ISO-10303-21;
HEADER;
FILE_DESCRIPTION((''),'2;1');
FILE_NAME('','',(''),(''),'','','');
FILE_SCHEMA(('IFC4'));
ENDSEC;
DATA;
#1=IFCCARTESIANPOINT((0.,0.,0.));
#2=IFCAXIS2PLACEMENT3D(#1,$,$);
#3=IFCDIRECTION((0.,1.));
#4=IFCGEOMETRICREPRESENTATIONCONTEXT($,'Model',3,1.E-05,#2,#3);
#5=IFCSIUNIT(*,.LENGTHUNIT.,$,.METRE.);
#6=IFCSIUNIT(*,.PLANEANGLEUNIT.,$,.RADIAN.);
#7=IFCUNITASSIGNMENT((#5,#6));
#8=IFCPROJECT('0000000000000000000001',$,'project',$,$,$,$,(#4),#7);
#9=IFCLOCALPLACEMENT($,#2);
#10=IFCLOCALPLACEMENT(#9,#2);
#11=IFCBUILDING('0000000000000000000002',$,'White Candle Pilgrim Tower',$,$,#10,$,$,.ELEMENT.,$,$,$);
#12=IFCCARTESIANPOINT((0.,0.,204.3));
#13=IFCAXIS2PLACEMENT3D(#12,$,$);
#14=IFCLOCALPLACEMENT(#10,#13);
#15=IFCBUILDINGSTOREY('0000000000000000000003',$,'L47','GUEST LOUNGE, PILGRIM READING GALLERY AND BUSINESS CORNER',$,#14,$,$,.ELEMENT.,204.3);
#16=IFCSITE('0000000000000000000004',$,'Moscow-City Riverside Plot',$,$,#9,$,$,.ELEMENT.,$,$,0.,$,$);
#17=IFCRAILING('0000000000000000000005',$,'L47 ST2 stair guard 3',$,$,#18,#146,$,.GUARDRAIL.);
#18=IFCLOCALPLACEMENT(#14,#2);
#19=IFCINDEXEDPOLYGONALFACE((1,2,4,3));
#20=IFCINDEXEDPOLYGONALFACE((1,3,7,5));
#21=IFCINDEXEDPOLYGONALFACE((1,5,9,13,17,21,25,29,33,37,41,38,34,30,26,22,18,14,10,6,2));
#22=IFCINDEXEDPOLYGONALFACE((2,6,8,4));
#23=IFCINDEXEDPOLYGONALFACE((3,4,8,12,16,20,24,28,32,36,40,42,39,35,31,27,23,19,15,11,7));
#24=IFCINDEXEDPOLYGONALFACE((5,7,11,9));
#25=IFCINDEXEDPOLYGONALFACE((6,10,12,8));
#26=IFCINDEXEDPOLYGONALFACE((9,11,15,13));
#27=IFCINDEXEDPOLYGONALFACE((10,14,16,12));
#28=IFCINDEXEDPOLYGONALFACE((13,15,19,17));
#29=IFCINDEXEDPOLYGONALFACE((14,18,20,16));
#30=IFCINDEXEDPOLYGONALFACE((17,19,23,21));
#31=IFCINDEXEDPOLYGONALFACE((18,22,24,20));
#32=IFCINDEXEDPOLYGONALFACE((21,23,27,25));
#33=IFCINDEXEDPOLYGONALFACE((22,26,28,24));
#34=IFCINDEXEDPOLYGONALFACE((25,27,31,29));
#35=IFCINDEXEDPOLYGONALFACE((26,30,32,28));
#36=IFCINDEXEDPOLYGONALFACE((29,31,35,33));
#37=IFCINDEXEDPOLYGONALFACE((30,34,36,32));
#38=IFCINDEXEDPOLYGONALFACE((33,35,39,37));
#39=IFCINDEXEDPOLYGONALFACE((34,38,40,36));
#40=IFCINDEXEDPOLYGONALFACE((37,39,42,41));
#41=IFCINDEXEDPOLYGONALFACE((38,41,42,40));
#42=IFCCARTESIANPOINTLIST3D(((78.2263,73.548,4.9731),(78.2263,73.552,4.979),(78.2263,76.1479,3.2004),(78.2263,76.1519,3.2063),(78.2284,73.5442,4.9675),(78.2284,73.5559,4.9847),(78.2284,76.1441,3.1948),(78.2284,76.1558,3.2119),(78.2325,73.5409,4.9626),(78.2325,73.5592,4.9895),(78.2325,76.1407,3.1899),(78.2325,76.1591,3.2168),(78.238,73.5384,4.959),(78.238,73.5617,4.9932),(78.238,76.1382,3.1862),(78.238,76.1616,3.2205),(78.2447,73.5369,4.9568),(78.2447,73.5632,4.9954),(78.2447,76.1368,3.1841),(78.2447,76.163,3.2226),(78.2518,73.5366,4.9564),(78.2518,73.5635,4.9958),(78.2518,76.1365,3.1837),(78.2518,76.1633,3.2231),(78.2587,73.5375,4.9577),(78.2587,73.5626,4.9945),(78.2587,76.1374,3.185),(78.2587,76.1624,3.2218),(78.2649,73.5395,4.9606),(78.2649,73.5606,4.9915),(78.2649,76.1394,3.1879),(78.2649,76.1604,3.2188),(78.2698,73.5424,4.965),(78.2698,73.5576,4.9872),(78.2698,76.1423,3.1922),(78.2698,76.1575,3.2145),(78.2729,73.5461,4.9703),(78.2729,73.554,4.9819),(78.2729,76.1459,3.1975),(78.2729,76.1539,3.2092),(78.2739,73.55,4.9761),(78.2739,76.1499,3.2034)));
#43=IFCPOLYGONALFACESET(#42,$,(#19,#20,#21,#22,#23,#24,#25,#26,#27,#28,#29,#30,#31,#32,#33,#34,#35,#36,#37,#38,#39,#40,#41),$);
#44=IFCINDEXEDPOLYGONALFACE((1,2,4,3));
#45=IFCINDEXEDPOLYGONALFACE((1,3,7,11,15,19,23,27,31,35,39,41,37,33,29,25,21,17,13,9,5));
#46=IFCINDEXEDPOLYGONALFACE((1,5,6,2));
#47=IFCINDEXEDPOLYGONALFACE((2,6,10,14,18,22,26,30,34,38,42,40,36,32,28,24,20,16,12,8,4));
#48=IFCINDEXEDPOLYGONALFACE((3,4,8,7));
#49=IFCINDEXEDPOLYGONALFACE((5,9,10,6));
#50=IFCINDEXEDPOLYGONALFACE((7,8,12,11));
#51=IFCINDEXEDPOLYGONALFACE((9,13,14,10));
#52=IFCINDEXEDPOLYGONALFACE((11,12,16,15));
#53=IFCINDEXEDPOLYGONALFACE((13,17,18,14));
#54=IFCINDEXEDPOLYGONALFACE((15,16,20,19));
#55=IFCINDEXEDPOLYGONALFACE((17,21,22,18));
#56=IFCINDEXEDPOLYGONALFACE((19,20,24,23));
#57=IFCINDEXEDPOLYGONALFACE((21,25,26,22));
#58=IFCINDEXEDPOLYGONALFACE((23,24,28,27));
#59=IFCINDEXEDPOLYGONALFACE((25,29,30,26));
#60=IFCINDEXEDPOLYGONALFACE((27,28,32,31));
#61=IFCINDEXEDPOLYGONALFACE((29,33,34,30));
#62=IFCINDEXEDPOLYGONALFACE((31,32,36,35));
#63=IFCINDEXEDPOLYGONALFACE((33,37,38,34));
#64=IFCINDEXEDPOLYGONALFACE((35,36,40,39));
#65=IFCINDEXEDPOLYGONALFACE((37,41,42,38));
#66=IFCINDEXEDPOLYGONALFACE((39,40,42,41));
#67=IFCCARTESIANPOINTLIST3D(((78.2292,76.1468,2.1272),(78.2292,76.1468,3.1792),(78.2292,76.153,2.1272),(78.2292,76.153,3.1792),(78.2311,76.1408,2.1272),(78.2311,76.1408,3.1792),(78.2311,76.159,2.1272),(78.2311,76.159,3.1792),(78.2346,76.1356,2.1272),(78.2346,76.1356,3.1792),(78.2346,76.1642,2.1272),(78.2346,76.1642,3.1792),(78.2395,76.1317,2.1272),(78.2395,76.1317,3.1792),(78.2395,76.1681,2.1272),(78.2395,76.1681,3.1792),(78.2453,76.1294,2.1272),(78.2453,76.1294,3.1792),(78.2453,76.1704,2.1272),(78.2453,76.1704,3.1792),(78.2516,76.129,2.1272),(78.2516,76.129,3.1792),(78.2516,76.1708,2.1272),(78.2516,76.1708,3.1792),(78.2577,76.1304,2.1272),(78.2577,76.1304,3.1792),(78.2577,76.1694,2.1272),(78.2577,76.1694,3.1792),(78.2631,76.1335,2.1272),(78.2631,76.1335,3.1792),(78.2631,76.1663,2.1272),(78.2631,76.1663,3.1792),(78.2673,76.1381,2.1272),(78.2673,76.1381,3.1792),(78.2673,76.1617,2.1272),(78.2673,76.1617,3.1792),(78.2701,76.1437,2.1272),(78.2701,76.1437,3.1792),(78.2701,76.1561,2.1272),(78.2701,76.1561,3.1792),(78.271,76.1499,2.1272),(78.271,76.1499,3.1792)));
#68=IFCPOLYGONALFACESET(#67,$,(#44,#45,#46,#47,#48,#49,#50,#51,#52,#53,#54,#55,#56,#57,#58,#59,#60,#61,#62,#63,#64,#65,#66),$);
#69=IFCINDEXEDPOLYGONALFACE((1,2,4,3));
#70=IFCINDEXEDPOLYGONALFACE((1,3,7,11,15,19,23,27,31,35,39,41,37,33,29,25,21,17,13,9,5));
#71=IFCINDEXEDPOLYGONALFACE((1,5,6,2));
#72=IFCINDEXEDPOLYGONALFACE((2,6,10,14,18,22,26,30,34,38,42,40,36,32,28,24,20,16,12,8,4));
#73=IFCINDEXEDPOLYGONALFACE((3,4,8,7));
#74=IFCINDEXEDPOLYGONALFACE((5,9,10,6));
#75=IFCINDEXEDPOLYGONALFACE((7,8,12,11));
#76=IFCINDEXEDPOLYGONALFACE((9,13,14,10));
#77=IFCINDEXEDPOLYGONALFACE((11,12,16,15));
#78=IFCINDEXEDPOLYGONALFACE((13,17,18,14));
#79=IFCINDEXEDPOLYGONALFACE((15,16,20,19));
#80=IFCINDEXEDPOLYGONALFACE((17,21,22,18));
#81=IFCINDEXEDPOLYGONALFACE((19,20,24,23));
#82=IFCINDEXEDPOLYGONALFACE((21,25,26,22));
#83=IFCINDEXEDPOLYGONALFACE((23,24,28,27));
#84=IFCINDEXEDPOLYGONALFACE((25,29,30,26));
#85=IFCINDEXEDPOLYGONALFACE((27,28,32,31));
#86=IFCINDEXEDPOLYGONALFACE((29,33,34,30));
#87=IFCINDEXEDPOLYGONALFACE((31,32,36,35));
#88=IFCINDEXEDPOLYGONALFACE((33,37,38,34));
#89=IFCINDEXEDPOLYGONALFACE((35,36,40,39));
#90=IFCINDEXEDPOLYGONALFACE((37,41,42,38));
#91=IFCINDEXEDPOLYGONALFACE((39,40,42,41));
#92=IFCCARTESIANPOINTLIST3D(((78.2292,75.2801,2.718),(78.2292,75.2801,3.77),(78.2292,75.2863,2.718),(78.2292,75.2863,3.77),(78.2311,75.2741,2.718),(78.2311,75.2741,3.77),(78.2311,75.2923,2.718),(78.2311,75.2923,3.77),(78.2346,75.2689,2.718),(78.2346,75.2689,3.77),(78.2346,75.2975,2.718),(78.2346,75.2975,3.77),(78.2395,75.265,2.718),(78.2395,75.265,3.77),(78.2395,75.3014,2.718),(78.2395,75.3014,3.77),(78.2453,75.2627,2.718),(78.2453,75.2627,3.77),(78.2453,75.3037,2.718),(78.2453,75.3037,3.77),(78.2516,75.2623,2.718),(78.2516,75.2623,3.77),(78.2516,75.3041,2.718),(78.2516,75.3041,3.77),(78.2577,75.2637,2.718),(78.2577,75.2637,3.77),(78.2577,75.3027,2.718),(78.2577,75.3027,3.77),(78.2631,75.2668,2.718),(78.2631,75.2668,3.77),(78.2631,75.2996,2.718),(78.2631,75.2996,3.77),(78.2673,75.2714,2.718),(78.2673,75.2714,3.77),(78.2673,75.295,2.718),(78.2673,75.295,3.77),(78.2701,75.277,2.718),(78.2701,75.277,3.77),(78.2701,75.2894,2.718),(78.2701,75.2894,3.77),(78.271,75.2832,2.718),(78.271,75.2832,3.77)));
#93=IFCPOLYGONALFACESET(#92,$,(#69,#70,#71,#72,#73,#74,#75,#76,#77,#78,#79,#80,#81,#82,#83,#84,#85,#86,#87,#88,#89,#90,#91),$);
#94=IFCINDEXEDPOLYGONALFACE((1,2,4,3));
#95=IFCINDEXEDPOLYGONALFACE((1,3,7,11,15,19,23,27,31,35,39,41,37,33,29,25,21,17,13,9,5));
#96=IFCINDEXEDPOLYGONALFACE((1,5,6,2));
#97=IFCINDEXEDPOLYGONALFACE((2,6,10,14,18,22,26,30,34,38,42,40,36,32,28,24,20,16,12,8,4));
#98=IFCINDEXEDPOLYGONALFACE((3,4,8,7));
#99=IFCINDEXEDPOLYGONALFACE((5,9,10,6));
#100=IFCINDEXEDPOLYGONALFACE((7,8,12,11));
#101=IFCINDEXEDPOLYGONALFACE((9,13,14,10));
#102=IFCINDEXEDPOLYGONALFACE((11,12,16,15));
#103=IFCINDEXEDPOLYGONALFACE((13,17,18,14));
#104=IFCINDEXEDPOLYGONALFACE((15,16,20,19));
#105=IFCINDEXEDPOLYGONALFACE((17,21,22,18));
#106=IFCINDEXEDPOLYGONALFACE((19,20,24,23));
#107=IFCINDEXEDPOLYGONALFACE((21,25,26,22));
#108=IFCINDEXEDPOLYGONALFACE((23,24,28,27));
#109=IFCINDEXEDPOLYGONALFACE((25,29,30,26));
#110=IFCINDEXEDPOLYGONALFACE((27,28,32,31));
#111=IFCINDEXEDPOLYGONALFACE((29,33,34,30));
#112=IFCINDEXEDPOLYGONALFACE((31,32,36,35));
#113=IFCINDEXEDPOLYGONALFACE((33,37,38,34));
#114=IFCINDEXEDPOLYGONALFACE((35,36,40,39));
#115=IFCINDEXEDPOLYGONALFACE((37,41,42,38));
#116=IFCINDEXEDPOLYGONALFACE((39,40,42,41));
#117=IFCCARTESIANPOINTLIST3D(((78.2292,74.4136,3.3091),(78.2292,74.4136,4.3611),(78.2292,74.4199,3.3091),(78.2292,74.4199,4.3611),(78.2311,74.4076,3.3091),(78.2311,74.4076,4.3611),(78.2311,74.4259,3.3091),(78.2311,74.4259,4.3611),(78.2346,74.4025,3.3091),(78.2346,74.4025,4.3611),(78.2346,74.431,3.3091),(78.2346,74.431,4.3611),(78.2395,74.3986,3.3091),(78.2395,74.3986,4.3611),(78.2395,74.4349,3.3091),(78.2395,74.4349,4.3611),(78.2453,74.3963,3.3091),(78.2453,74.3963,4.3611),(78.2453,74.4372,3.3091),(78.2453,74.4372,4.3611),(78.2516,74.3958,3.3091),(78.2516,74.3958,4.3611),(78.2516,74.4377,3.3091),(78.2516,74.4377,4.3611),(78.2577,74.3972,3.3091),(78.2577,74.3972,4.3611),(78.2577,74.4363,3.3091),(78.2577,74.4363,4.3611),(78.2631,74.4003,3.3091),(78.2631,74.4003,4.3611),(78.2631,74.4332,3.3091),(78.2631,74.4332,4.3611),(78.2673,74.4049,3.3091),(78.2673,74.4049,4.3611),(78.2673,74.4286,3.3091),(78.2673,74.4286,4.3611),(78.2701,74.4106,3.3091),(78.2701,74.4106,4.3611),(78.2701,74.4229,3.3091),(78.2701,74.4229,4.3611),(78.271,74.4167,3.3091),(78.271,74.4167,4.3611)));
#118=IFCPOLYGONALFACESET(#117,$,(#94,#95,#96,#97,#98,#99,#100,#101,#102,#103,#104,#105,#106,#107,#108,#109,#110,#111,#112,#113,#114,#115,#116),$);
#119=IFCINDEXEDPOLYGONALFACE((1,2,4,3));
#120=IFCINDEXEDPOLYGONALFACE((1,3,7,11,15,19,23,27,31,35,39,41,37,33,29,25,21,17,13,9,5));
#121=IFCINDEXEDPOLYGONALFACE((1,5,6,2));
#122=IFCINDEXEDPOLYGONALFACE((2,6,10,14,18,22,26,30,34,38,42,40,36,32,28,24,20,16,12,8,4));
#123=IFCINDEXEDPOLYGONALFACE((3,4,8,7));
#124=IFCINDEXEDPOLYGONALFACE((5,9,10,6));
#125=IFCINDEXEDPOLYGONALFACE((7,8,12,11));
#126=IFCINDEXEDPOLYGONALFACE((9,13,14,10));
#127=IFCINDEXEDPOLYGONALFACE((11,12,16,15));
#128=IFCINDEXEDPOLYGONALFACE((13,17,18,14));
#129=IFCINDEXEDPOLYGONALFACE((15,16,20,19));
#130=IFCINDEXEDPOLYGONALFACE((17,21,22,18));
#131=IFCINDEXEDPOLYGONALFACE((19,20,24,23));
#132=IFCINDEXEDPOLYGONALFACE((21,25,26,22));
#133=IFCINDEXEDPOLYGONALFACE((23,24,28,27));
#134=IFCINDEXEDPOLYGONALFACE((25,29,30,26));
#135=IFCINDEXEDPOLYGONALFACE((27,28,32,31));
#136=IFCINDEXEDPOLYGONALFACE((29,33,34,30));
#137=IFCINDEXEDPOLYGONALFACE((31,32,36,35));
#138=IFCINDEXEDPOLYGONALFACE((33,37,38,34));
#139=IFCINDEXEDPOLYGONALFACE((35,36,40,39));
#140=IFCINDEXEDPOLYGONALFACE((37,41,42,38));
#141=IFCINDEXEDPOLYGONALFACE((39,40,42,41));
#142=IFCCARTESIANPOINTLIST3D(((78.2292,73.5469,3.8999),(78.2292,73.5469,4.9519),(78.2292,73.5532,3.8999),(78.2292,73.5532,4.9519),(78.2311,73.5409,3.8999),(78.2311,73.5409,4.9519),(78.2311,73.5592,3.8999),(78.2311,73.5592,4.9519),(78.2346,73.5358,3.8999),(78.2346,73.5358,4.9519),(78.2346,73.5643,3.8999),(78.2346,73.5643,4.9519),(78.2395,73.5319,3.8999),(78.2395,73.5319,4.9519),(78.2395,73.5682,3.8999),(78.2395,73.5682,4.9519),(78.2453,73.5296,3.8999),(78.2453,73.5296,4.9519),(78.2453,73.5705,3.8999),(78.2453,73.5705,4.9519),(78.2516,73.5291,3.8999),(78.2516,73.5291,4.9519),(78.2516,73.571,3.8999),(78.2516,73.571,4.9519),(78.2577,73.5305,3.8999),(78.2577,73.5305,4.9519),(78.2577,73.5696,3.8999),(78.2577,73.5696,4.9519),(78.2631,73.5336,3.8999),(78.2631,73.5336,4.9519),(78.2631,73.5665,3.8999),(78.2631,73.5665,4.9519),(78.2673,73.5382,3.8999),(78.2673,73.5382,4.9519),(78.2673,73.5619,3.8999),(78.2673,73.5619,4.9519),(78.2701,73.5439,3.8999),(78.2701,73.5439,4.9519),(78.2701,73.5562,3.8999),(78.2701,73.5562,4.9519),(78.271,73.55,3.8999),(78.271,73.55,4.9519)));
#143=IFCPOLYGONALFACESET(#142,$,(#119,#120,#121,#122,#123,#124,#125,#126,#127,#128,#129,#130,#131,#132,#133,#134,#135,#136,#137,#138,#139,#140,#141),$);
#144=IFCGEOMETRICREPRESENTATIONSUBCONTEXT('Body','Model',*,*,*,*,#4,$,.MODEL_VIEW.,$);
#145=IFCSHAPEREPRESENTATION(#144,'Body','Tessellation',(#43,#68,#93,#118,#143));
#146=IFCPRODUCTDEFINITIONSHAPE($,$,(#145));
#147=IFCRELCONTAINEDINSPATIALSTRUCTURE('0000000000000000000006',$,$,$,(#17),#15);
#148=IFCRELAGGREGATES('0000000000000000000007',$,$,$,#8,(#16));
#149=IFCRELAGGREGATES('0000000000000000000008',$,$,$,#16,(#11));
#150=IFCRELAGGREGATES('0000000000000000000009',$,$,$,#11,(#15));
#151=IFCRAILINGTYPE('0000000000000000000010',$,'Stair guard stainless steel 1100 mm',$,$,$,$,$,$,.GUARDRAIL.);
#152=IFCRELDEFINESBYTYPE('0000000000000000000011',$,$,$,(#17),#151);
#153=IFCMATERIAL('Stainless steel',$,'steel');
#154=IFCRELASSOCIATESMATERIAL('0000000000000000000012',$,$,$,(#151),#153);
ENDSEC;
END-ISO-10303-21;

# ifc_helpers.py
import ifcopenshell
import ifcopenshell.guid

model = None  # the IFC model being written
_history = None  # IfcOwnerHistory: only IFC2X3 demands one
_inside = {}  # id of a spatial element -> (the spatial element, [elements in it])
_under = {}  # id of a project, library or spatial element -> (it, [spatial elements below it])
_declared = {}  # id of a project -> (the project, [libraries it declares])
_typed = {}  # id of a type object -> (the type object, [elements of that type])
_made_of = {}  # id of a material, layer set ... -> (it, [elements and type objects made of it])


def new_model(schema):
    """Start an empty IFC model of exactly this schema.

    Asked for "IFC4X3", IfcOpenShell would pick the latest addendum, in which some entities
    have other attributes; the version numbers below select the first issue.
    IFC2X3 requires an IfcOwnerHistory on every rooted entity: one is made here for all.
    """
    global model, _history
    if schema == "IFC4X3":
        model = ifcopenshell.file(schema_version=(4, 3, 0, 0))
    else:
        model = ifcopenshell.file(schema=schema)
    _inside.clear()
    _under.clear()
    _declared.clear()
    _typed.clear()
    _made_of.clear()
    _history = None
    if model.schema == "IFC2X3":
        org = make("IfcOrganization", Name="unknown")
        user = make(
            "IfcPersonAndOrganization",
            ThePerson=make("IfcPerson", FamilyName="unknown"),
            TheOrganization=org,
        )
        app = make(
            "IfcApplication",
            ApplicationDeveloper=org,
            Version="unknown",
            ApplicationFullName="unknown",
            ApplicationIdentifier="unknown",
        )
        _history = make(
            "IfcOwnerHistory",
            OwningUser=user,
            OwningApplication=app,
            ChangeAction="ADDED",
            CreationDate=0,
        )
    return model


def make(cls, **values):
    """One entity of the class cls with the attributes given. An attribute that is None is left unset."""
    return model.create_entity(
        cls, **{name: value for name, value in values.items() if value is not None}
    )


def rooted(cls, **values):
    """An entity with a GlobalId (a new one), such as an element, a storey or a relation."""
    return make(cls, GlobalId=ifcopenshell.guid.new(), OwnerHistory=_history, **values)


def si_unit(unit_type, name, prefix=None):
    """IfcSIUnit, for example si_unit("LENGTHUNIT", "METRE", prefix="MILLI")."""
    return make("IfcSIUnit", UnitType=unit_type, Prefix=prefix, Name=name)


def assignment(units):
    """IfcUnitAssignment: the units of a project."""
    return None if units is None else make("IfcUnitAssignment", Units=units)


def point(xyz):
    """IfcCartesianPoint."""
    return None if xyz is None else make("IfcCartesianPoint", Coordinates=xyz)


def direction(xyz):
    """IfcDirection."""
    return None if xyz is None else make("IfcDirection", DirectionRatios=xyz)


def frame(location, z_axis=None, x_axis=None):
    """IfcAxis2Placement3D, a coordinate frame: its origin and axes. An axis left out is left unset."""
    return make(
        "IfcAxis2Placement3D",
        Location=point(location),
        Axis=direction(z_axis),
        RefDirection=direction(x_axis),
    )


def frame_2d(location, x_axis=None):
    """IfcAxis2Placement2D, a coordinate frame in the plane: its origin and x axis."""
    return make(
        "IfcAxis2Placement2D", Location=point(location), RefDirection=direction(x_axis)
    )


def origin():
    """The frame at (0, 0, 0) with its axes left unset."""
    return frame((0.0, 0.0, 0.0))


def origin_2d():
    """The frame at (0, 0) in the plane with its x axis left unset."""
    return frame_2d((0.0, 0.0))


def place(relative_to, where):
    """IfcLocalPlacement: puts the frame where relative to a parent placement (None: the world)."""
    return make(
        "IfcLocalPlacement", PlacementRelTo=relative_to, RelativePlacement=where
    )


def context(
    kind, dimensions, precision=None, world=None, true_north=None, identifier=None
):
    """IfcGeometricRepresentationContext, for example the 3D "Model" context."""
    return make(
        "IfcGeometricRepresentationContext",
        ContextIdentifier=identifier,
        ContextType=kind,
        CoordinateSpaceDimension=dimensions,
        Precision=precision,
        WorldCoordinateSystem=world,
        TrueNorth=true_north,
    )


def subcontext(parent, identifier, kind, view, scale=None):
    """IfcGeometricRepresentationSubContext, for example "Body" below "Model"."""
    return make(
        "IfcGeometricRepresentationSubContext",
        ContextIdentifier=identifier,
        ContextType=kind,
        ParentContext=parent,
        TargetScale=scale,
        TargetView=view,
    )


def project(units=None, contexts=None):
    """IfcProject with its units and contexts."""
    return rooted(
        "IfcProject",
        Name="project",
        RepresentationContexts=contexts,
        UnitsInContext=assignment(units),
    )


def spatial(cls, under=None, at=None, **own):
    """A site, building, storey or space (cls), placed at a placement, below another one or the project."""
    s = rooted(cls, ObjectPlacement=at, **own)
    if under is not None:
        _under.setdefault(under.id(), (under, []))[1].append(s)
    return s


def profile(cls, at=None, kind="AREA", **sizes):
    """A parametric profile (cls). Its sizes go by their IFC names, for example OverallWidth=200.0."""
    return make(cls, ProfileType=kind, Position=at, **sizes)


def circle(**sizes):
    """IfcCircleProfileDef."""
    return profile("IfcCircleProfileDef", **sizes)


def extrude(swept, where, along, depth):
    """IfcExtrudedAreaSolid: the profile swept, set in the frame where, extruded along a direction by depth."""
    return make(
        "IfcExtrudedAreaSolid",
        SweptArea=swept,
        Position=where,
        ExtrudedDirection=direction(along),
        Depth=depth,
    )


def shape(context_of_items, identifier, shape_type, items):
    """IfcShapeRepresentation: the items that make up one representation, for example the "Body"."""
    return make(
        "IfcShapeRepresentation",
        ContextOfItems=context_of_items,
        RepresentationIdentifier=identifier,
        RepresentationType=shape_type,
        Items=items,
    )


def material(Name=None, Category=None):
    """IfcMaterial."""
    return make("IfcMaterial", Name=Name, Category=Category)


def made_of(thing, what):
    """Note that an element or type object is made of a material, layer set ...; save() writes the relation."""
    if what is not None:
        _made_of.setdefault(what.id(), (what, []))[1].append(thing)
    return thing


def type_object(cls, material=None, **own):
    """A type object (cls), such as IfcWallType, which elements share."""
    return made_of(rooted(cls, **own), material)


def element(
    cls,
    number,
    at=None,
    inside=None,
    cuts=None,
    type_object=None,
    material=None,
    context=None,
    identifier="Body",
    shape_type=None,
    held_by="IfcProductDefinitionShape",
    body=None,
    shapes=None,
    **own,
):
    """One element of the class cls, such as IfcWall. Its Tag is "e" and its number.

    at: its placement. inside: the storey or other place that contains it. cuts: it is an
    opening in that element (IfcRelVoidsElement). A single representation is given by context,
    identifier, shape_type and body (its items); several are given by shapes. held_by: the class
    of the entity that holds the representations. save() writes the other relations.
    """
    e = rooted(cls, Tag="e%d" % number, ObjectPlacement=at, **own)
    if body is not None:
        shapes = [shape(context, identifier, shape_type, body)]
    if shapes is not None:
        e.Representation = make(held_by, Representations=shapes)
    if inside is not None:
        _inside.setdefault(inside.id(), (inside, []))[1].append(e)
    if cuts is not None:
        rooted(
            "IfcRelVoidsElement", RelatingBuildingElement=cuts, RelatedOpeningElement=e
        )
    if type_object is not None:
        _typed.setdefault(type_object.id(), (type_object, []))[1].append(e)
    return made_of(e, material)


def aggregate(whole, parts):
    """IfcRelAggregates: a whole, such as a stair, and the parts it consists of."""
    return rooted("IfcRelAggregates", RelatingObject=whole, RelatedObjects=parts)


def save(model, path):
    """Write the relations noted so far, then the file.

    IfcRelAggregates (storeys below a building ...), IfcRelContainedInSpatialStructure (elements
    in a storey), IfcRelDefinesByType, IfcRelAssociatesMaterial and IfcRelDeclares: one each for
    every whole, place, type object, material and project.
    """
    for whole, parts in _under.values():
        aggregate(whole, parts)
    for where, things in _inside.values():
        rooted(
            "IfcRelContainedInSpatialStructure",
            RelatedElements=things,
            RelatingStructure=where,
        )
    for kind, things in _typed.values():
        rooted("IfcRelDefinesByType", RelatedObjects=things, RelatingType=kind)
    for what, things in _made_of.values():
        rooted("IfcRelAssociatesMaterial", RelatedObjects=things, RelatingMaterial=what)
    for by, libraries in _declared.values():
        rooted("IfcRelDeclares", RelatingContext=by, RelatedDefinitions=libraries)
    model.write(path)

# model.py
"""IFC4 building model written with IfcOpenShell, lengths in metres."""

from ifc_helpers import new_model, si_unit, direction, frame, origin, origin_2d, place, context, subcontext, project, spatial, circle, extrude, material, type_object, element, save


model = new_model("IFC4")

# Units and contexts
model_context = context("Model", 3, precision=1e-05, world=origin(), true_north=direction((0.0, 1.0)))
body_context = subcontext(model_context, "Body", "Model", "MODEL_VIEW")
ifc_project = project(units=[si_unit("LENGTHUNIT", "METRE"), si_unit("PLANEANGLEUNIT", "RADIAN")], contexts=[model_context])

# Site, building, storey
site_placement = place(None, origin())
site = spatial("IfcSite", under=ifc_project, at=site_placement, Name="Moscow-City Riverside Plot", CompositionType="ELEMENT", RefElevation=0.0)
building_placement = place(site_placement, origin())
building = spatial("IfcBuilding", under=site, at=building_placement, Name="White Candle Pilgrim Tower", CompositionType="ELEMENT")
storey_placement = place(building_placement, frame((0.0, 0.0, 204.3)))
storey = spatial("IfcBuildingStorey", under=building, at=storey_placement, Name="L47", Description="GUEST LOUNGE, PILGRIM READING GALLERY AND BUSINESS CORNER", CompositionType="ELEMENT", Elevation=204.3)

# Railing
ifc_material_1 = material(Name="Stainless steel", Category="steel")
railing_type_1 = type_object("IfcRailingType", Name="Stair guard stainless steel 1100 mm", PredefinedType="GUARDRAIL", material=ifc_material_1)
railing_1_placement = place(storey_placement, frame((78.25, 76.1499, 2.1272)))
element("IfcRailing", 1, at=railing_1_placement, inside=storey, type_object=railing_type_1, Name="L47 ST2 stair guard 3", PredefinedType="GUARDRAIL", context=body_context, shape_type="SweptSolid", body=[
    extrude(circle(Radius=0.0239, at=origin_2d()), frame((0.0, 0.0, 1.0762), z_axis=(0.0, -0.826216, 0.563354), x_axis=(1.0, 0.0, 0.0)), (0.0, 0.0, 1.0), 3.1467),
    extrude(circle(Radius=0.021, at=origin_2d()), origin(), (0.0, 0.0, 1.0), 1.052),
    extrude(circle(Radius=0.021, at=origin_2d()), frame((0.0, -0.8667, 0.5908)), (0.0, 0.0, 1.0), 1.052),
    extrude(circle(Radius=0.021, at=origin_2d()), frame((0.0, -1.7332, 1.1819)), (0.0, 0.0, 1.0), 1.052),
    extrude(circle(Radius=0.021, at=origin_2d()), frame((0.0, -2.5999, 1.7727)), (0.0, 0.0, 1.0), 1.052),
])

save(model, "model.ifc")
